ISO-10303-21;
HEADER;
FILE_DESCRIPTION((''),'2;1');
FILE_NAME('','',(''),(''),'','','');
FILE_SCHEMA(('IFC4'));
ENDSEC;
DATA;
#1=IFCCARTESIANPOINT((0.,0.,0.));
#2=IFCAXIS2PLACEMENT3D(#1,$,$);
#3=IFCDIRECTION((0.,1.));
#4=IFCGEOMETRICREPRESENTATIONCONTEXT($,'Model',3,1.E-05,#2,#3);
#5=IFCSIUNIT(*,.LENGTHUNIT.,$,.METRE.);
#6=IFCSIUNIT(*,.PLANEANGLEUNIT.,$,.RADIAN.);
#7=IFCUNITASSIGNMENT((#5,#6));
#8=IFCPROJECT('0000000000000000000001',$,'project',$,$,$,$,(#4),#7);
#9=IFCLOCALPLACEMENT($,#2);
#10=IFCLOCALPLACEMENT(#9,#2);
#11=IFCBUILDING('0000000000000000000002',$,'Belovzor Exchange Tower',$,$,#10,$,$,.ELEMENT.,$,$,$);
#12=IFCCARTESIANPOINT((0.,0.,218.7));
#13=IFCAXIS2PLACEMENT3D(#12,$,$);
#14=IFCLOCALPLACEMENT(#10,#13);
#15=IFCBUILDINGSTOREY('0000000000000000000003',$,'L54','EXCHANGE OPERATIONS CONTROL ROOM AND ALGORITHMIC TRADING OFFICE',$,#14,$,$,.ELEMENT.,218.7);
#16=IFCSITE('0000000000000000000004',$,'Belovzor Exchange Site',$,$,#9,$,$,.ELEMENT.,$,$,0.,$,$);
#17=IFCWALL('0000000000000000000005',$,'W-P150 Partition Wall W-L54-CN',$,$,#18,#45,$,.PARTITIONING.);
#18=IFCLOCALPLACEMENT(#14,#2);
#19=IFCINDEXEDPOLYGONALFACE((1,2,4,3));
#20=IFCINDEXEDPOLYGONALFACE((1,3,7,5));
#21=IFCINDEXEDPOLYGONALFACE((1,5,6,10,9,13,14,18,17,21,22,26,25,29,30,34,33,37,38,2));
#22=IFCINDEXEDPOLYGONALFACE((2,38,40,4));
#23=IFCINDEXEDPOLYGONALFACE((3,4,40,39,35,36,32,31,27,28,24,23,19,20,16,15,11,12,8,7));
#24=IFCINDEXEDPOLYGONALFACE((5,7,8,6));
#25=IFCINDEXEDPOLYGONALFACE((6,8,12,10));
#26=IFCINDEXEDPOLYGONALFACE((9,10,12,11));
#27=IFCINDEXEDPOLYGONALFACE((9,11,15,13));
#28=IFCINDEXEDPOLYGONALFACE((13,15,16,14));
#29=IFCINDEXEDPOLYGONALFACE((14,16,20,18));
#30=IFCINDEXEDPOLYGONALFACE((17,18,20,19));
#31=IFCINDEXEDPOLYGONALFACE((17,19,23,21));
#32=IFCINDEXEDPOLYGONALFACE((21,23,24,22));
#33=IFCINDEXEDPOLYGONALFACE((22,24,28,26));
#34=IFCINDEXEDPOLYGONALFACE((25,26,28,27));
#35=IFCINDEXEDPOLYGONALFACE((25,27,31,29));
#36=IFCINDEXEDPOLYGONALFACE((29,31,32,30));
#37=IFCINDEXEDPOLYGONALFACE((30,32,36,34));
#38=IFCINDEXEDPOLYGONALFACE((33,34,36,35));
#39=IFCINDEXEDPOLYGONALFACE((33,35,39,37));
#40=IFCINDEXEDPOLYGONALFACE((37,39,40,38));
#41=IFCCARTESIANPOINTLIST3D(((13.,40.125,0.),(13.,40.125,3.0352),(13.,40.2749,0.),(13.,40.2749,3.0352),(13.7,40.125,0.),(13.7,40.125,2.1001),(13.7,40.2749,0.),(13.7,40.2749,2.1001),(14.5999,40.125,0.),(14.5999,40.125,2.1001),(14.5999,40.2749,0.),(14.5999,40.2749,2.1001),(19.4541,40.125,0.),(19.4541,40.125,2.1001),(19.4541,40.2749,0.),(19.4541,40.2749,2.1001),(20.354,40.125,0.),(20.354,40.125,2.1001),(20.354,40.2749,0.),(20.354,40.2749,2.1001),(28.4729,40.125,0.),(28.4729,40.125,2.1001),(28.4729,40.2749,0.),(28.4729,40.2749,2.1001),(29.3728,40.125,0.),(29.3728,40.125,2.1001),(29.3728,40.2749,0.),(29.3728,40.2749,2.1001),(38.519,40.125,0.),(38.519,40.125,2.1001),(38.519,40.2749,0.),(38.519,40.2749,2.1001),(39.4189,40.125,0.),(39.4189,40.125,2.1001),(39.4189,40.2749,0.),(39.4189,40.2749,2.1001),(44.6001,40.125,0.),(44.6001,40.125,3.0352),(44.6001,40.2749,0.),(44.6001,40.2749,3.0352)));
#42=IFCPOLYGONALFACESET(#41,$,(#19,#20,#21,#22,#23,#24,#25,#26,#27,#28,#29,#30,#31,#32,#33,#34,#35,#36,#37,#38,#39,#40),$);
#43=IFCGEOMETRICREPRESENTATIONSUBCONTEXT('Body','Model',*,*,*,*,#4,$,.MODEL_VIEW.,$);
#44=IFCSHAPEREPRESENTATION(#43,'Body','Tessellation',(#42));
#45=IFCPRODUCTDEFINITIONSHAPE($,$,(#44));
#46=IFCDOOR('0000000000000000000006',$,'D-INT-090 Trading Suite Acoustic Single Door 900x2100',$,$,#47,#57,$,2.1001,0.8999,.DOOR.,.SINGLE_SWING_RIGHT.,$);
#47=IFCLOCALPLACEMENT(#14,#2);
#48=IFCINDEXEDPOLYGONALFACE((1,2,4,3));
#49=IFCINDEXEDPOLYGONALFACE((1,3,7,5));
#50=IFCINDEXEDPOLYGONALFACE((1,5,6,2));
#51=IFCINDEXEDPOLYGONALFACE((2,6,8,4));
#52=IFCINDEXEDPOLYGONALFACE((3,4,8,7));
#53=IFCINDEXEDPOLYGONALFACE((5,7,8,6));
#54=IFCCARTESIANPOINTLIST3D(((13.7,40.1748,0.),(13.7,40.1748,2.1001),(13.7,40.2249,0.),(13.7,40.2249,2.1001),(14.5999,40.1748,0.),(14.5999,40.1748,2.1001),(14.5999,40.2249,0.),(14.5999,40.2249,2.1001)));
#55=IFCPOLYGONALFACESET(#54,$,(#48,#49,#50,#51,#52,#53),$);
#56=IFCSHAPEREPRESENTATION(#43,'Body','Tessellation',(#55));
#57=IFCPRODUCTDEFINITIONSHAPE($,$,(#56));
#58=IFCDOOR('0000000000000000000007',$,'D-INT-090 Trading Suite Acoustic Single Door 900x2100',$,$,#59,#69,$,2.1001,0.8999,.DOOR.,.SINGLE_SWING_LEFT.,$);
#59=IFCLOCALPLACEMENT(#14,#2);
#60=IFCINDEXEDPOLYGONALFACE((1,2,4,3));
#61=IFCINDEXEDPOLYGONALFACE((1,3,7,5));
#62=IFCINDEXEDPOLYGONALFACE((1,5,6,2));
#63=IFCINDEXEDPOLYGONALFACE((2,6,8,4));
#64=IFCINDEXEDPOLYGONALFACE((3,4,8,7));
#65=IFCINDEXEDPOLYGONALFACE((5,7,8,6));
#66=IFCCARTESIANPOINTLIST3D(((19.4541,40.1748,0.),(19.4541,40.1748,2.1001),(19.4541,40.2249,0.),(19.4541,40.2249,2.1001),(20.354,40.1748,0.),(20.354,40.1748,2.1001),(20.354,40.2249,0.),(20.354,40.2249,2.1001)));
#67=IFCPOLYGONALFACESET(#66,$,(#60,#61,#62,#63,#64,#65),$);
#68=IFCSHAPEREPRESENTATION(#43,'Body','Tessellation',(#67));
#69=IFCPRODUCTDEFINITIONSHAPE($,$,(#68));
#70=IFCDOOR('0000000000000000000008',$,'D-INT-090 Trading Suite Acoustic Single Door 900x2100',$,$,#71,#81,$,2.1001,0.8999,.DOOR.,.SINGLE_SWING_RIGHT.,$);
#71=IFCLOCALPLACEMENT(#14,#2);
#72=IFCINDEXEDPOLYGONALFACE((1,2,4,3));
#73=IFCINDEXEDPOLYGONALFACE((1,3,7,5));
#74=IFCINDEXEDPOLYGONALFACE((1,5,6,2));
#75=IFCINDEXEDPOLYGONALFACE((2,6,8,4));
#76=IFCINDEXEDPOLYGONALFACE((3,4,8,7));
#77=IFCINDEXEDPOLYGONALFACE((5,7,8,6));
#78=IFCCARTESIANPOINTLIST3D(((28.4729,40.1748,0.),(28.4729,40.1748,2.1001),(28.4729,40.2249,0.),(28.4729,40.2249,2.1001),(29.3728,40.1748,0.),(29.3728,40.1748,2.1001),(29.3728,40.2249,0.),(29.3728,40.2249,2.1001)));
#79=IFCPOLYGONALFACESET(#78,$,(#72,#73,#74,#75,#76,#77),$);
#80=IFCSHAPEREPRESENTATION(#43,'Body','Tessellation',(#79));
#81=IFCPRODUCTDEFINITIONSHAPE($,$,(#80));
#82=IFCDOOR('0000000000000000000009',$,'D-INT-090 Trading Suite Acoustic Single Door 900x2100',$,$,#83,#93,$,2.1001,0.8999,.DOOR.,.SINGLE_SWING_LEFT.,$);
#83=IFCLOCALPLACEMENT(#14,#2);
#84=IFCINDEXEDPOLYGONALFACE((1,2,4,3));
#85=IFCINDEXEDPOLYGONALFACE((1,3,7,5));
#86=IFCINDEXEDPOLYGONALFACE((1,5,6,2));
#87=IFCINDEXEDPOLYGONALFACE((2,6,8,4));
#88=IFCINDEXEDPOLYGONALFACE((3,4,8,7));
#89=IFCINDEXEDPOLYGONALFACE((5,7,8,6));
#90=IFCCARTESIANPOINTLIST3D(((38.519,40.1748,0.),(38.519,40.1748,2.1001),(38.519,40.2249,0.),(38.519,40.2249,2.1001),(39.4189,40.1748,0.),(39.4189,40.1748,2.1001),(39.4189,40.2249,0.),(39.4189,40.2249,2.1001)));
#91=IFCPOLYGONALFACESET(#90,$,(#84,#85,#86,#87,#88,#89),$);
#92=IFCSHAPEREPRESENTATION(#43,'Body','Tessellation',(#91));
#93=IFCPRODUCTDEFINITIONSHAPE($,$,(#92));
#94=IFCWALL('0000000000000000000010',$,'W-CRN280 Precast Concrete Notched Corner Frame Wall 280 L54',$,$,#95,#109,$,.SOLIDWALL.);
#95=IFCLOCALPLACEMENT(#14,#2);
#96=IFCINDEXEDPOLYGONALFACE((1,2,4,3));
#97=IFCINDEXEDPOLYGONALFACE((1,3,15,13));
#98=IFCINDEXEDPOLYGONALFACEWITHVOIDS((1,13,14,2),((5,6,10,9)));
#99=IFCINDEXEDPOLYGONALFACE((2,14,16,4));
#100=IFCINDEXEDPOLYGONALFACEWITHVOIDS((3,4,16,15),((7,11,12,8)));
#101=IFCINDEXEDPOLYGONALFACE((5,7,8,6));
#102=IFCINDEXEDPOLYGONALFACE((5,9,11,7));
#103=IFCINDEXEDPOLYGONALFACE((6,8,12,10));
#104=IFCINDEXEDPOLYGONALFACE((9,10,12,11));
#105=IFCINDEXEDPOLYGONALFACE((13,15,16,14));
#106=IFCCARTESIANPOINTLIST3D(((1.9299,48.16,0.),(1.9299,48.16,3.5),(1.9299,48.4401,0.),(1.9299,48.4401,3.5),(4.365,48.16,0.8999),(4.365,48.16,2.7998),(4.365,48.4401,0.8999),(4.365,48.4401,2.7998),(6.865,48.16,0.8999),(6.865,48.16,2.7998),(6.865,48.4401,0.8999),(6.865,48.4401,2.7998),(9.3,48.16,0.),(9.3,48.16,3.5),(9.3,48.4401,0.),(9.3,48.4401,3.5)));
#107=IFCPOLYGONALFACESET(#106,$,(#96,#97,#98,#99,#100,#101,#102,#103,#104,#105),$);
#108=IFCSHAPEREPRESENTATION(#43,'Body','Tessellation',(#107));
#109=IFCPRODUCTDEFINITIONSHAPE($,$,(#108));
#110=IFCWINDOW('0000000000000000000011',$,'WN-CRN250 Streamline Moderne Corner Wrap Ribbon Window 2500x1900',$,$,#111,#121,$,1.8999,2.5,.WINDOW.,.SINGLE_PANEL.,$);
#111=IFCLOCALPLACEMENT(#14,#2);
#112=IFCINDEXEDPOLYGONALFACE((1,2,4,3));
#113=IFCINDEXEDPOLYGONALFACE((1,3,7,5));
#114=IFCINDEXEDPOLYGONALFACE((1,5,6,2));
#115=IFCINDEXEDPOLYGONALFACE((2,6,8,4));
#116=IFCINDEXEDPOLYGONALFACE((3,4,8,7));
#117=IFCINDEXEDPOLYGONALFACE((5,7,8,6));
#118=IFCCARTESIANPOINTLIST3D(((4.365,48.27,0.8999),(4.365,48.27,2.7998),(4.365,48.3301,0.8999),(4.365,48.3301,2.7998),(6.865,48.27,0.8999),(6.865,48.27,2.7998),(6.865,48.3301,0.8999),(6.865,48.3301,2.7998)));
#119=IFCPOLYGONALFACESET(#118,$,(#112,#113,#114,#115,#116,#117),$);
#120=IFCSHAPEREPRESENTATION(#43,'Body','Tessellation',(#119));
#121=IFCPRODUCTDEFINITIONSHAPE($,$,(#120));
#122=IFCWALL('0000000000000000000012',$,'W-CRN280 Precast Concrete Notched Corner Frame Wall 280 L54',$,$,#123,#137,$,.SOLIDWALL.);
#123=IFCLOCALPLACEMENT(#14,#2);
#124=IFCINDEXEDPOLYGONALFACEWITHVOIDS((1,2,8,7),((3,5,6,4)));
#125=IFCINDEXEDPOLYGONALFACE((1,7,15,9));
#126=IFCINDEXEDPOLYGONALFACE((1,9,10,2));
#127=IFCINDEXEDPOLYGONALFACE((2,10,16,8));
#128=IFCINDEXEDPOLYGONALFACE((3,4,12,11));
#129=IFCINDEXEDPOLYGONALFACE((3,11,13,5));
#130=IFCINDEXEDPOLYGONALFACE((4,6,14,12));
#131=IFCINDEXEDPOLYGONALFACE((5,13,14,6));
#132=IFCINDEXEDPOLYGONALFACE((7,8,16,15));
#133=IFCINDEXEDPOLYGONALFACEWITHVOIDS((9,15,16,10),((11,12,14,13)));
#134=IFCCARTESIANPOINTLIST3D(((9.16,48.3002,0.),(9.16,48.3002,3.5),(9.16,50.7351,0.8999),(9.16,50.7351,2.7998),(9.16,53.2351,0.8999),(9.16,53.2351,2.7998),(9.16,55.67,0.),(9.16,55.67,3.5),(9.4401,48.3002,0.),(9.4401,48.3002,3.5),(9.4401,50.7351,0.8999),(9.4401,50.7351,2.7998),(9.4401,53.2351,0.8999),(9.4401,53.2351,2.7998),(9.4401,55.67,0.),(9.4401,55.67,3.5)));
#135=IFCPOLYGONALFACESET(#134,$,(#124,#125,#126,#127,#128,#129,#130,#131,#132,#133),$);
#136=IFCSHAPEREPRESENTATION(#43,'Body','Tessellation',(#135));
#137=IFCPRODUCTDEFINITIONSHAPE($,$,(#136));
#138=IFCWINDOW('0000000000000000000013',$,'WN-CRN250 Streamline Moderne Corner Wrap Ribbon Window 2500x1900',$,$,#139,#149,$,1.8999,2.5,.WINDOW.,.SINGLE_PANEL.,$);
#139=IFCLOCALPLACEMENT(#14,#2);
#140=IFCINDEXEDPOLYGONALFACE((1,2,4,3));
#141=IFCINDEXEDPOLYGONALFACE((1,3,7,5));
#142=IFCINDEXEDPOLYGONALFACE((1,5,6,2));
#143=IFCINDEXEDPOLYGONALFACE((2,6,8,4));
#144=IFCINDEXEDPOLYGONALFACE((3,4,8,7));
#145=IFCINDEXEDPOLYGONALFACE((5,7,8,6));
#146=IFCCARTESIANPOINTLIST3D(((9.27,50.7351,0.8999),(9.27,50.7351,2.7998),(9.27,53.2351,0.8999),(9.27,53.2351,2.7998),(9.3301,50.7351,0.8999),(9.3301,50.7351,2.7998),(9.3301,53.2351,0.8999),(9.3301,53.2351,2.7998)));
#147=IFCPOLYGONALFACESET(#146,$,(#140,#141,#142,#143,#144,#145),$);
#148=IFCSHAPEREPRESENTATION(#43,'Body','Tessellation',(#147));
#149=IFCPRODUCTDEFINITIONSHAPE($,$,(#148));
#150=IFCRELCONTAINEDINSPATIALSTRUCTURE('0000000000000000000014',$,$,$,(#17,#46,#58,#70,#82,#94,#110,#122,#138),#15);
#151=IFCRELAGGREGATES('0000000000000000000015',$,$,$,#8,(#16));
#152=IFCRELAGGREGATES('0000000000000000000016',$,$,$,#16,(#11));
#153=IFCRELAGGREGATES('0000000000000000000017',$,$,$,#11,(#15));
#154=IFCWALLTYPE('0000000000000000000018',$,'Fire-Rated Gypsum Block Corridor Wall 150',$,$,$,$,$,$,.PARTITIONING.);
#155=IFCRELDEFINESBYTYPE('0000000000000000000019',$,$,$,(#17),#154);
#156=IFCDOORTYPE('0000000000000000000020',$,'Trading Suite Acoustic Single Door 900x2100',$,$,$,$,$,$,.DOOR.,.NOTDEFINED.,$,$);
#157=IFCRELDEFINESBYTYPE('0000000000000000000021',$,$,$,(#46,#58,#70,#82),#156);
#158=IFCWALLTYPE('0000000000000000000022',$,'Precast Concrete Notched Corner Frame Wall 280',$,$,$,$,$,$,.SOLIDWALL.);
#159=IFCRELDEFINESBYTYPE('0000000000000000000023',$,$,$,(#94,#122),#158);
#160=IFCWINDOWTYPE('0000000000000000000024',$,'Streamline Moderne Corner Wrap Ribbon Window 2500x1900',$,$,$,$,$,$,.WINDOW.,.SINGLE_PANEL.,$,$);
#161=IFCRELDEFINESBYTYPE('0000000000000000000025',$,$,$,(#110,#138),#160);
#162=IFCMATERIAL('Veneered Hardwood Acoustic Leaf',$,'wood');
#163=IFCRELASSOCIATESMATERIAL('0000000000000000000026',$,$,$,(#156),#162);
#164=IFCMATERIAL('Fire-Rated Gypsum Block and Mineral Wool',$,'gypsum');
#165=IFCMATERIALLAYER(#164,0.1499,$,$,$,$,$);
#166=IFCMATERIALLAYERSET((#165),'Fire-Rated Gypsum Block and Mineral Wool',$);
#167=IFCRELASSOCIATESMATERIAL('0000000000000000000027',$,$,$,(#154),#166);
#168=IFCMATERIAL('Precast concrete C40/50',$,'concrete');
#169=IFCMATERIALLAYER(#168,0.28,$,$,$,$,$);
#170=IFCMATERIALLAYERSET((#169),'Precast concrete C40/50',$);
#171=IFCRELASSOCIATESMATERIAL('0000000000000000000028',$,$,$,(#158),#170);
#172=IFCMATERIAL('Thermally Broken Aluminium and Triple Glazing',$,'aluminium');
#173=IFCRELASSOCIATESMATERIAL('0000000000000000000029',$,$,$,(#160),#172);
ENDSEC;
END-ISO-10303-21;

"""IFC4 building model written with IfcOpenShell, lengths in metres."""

from ifc_helpers import new_model, si_unit, direction, frame, frame_2d, origin, place, context, subcontext, project, spatial, rectangle, extrude, material, layer, layer_set, type_object, element, fill, save


model = new_model("IFC4")

# Units and contexts
model_context = context("Model", 3, precision=1e-05, world=origin(), true_north=direction((0.0, 1.0)))
body_context = subcontext(model_context, "Body", "Model", "MODEL_VIEW")
ifc_project = project(units=[si_unit("LENGTHUNIT", "METRE"), si_unit("PLANEANGLEUNIT", "RADIAN")], contexts=[model_context])

# Site, building, storey
site_placement = place(None, origin())
site = spatial("IfcSite", under=ifc_project, at=site_placement, Name="Belovzor Exchange Site", CompositionType="ELEMENT", RefElevation=0.0)
building_placement = place(site_placement, origin())
building = spatial("IfcBuilding", under=site, at=building_placement, Name="Belovzor Exchange Tower", CompositionType="ELEMENT")
storey_placement = place(building_placement, frame((0.0, 0.0, 218.7)))
storey = spatial("IfcBuildingStorey", under=building, at=storey_placement, Name="L54", Description="EXCHANGE OPERATIONS CONTROL ROOM AND ALGORITHMIC TRADING OFFICE", CompositionType="ELEMENT", Elevation=218.7)

# Shared definitions
ifc_material_1 = material(Name="Veneered Hardwood Acoustic Leaf", Category="wood")
door_type = type_object("IfcDoorType", Name="Trading Suite Acoustic Single Door 900x2100", OperationType="NOTDEFINED", PredefinedType="DOOR", material=ifc_material_1)

# Wall, openings, doors
ifc_material_2 = material(Name="Fire-Rated Gypsum Block and Mineral Wool", Category="gypsum")
ifc_layer_1 = layer(ifc_material_2, 0.1499)
ifc_layer_set_1 = layer_set([ifc_layer_1], Name="Fire-Rated Gypsum Block and Mineral Wool")
wall_type_1 = type_object("IfcWallType", Name="Fire-Rated Gypsum Block Corridor Wall 150", PredefinedType="PARTITIONING", material=ifc_layer_set_1)
wall_1_placement = place(storey_placement, frame((13.0, 40.2, 0.0), z_axis=(0.0, 0.0, 1.0), x_axis=(1.0, 0.0, 0.0)))
wall_1 = element("IfcWall", 1, at=wall_1_placement, inside=storey, type_object=wall_type_1, Name="W-P150 Partition Wall W-L54-CN", PredefinedType="PARTITIONING", context=body_context, shape_type="SweptSolid", body=[
    extrude(rectangle(XDim=31.6001, YDim=0.1499, at=frame_2d((15.8, 0.0))), origin(), (0.0, 0.0, 1.0), 3.0352),
])
opening_1_placement = place(wall_1_placement, frame((0.7, 0.0, 0.0)))
opening_1 = element("IfcOpeningElement", 2, at=opening_1_placement, cuts=wall_1, PredefinedType="OPENING", context=body_context, shape_type="SweptSolid", body=[
    extrude(rectangle(XDim=0.8999, YDim=2.1001, at=frame_2d((0.45, 1.05))), frame((0.0, 0.085, 0.0), z_axis=(0.0, -1.0, 0.0), x_axis=(1.0, 0.0, 0.0)), (0.0, 0.0, 1.0), 0.1699),
])
opening_2_placement = place(wall_1_placement, frame((6.4541, 0.0, 0.0)))
opening_2 = element("IfcOpeningElement", 3, at=opening_2_placement, cuts=wall_1, PredefinedType="OPENING", context=body_context, shape_type="SweptSolid", body=[
    extrude(rectangle(XDim=0.8999, YDim=2.1001, at=frame_2d((0.45, 1.05))), frame((0.0, 0.085, 0.0), z_axis=(0.0, -1.0, 0.0), x_axis=(1.0, 0.0, 0.0)), (0.0, 0.0, 1.0), 0.1699),
])
opening_3_placement = place(wall_1_placement, frame((15.4729, 0.0, 0.0)))
opening_3 = element("IfcOpeningElement", 4, at=opening_3_placement, cuts=wall_1, PredefinedType="OPENING", context=body_context, shape_type="SweptSolid", body=[
    extrude(rectangle(XDim=0.8999, YDim=2.1001, at=frame_2d((0.45, 1.05))), frame((0.0, 0.085, 0.0), z_axis=(0.0, -1.0, 0.0), x_axis=(1.0, 0.0, 0.0)), (0.0, 0.0, 1.0), 0.1699),
])
opening_4_placement = place(wall_1_placement, frame((25.519, 0.0, 0.0)))
opening_4 = element("IfcOpeningElement", 5, at=opening_4_placement, cuts=wall_1, PredefinedType="OPENING", context=body_context, shape_type="SweptSolid", body=[
    extrude(rectangle(XDim=0.8999, YDim=2.1001, at=frame_2d((0.45, 1.05))), frame((0.0, 0.085, 0.0), z_axis=(0.0, -1.0, 0.0), x_axis=(1.0, 0.0, 0.0)), (0.0, 0.0, 1.0), 0.1699),
])
door_1_placement = place(opening_1_placement, origin())
door_1 = element("IfcDoor", 6, at=door_1_placement, inside=storey, type_object=door_type, Name="D-INT-090 Trading Suite Acoustic Single Door 900x2100", OperationType="SINGLE_SWING_RIGHT", OverallHeight=2.1001, OverallWidth=0.8999, PredefinedType="DOOR", context=body_context, shape_type="SweptSolid", body=[
    extrude(rectangle(XDim=0.8999, YDim=2.1001, at=frame_2d((0.45, 1.05))), frame((0.0, 0.0249, 0.0), z_axis=(0.0, -1.0, 0.0), x_axis=(1.0, 0.0, 0.0)), (0.0, 0.0, 1.0), 0.05),
])
fill(opening_1, door_1)
door_2_placement = place(opening_2_placement, origin())
door_2 = element("IfcDoor", 7, at=door_2_placement, inside=storey, type_object=door_type, Name="D-INT-090 Trading Suite Acoustic Single Door 900x2100", OperationType="SINGLE_SWING_LEFT", OverallHeight=2.1001, OverallWidth=0.8999, PredefinedType="DOOR", context=body_context, shape_type="SweptSolid", body=[
    extrude(rectangle(XDim=0.8999, YDim=2.1001, at=frame_2d((0.45, 1.05))), frame((0.0, 0.0249, 0.0), z_axis=(0.0, -1.0, 0.0), x_axis=(1.0, 0.0, 0.0)), (0.0, 0.0, 1.0), 0.05),
])
fill(opening_2, door_2)
door_3_placement = place(opening_3_placement, origin())
door_3 = element("IfcDoor", 8, at=door_3_placement, inside=storey, type_object=door_type, Name="D-INT-090 Trading Suite Acoustic Single Door 900x2100", OperationType="SINGLE_SWING_RIGHT", OverallHeight=2.1001, OverallWidth=0.8999, PredefinedType="DOOR", context=body_context, shape_type="SweptSolid", body=[
    extrude(rectangle(XDim=0.8999, YDim=2.1001, at=frame_2d((0.45, 1.05))), frame((0.0, 0.0249, 0.0), z_axis=(0.0, -1.0, 0.0), x_axis=(1.0, 0.0, 0.0)), (0.0, 0.0, 1.0), 0.05),
])
fill(opening_3, door_3)
door_4_placement = place(opening_4_placement, origin())
door_4 = element("IfcDoor", 9, at=door_4_placement, inside=storey, type_object=door_type, Name="D-INT-090 Trading Suite Acoustic Single Door 900x2100", OperationType="SINGLE_SWING_LEFT", OverallHeight=2.1001, OverallWidth=0.8999, PredefinedType="DOOR", context=body_context, shape_type="SweptSolid", body=[
    extrude(rectangle(XDim=0.8999, YDim=2.1001, at=frame_2d((0.45, 1.05))), frame((0.0, 0.0249, 0.0), z_axis=(0.0, -1.0, 0.0), x_axis=(1.0, 0.0, 0.0)), (0.0, 0.0, 1.0), 0.05),
])
fill(opening_4, door_4)

# Walls, openings, windows
ifc_material_3 = material(Name="Precast concrete C40/50", Category="concrete")
ifc_layer_2 = layer(ifc_material_3, 0.28)
ifc_layer_set_2 = layer_set([ifc_layer_2], Name="Precast concrete C40/50")
wall_type_2 = type_object("IfcWallType", Name="Precast Concrete Notched Corner Frame Wall 280", PredefinedType="SOLIDWALL", material=ifc_layer_set_2)
wall_2_placement = place(storey_placement, frame((1.9299, 48.3, 0.0), z_axis=(0.0, 0.0, 1.0), x_axis=(1.0, 0.0, 0.0)))
wall_2 = element("IfcWall", 10, at=wall_2_placement, inside=storey, type_object=wall_type_2, Name="W-CRN280 Precast Concrete Notched Corner Frame Wall 280 L54", PredefinedType="SOLIDWALL", context=body_context, shape_type="SweptSolid", body=[
    extrude(rectangle(XDim=7.3701, YDim=0.28, at=frame_2d((3.6851, 0.0))), origin(), (0.0, 0.0, 1.0), 3.5),
])
opening_5_placement = place(wall_2_placement, frame((2.4351, 0.0, 0.8999)))
opening_5 = element("IfcOpeningElement", 11, at=opening_5_placement, cuts=wall_2, PredefinedType="OPENING", context=body_context, shape_type="SweptSolid", body=[
    extrude(rectangle(XDim=2.5, YDim=1.8999, at=frame_2d((1.25, 0.95))), frame((0.0, 0.1499, 0.0), z_axis=(0.0, -1.0, 0.0), x_axis=(1.0, 0.0, 0.0)), (0.0, 0.0, 1.0), 0.3),
])
ifc_material_4 = material(Name="Thermally Broken Aluminium and Triple Glazing", Category="aluminium")
window_type_1 = type_object("IfcWindowType", Name="Streamline Moderne Corner Wrap Ribbon Window 2500x1900", PartitioningType="SINGLE_PANEL", PredefinedType="WINDOW", material=ifc_material_4)
window_1_placement = place(opening_5_placement, origin())
window_1 = element("IfcWindow", 12, at=window_1_placement, inside=storey, type_object=window_type_1, Name="WN-CRN250 Streamline Moderne Corner Wrap Ribbon Window 2500x1900", OverallHeight=1.8999, OverallWidth=2.5, PartitioningType="SINGLE_PANEL", PredefinedType="WINDOW", context=body_context, shape_type="SweptSolid", body=[
    extrude(rectangle(XDim=2.5, YDim=1.8999, at=frame_2d((1.25, 0.95))), frame((0.0, 0.03, 0.0), z_axis=(0.0, -1.0, 0.0), x_axis=(1.0, 0.0, 0.0)), (0.0, 0.0, 1.0), 0.0601),
])
fill(opening_5, window_1)
wall_3_placement = place(storey_placement, frame((9.3, 48.3, 0.0), z_axis=(0.0, 0.0, 1.0), x_axis=(0.0, 1.0, 0.0)))
wall_3 = element("IfcWall", 13, at=wall_3_placement, inside=storey, type_object=wall_type_2, Name="W-CRN280 Precast Concrete Notched Corner Frame Wall 280 L54", PredefinedType="SOLIDWALL", context=body_context, shape_type="SweptSolid", body=[
    extrude(rectangle(XDim=7.3699, YDim=0.28, at=frame_2d((3.6851, 0.0))), origin(), (0.0, 0.0, 1.0), 3.5),
])
opening_6_placement = place(wall_3_placement, frame((2.4351, 0.0, 0.8999)))
opening_6 = element("IfcOpeningElement", 14, at=opening_6_placement, cuts=wall_3, PredefinedType="OPENING", context=body_context, shape_type="SweptSolid", body=[
    extrude(rectangle(XDim=2.5, YDim=1.8999, at=frame_2d((1.25, 0.95))), frame((0.0, 0.1499, 0.0), z_axis=(0.0, -1.0, 0.0), x_axis=(1.0, 0.0, 0.0)), (0.0, 0.0, 1.0), 0.3),
])
window_2_placement = place(opening_6_placement, origin())
window_2 = element("IfcWindow", 15, at=window_2_placement, inside=storey, type_object=window_type_1, Name="WN-CRN250 Streamline Moderne Corner Wrap Ribbon Window 2500x1900", OverallHeight=1.8999, OverallWidth=2.5, PartitioningType="SINGLE_PANEL", PredefinedType="WINDOW", context=body_context, shape_type="SweptSolid", body=[
    extrude(rectangle(XDim=2.5, YDim=1.8999, at=frame_2d((1.25, 0.95))), frame((0.0, 0.03, 0.0), z_axis=(0.0, -1.0, 0.0), x_axis=(1.0, 0.0, 0.0)), (0.0, 0.0, 1.0), 0.0601),
])
fill(opening_6, window_2)

save(model, "model.ifc")
